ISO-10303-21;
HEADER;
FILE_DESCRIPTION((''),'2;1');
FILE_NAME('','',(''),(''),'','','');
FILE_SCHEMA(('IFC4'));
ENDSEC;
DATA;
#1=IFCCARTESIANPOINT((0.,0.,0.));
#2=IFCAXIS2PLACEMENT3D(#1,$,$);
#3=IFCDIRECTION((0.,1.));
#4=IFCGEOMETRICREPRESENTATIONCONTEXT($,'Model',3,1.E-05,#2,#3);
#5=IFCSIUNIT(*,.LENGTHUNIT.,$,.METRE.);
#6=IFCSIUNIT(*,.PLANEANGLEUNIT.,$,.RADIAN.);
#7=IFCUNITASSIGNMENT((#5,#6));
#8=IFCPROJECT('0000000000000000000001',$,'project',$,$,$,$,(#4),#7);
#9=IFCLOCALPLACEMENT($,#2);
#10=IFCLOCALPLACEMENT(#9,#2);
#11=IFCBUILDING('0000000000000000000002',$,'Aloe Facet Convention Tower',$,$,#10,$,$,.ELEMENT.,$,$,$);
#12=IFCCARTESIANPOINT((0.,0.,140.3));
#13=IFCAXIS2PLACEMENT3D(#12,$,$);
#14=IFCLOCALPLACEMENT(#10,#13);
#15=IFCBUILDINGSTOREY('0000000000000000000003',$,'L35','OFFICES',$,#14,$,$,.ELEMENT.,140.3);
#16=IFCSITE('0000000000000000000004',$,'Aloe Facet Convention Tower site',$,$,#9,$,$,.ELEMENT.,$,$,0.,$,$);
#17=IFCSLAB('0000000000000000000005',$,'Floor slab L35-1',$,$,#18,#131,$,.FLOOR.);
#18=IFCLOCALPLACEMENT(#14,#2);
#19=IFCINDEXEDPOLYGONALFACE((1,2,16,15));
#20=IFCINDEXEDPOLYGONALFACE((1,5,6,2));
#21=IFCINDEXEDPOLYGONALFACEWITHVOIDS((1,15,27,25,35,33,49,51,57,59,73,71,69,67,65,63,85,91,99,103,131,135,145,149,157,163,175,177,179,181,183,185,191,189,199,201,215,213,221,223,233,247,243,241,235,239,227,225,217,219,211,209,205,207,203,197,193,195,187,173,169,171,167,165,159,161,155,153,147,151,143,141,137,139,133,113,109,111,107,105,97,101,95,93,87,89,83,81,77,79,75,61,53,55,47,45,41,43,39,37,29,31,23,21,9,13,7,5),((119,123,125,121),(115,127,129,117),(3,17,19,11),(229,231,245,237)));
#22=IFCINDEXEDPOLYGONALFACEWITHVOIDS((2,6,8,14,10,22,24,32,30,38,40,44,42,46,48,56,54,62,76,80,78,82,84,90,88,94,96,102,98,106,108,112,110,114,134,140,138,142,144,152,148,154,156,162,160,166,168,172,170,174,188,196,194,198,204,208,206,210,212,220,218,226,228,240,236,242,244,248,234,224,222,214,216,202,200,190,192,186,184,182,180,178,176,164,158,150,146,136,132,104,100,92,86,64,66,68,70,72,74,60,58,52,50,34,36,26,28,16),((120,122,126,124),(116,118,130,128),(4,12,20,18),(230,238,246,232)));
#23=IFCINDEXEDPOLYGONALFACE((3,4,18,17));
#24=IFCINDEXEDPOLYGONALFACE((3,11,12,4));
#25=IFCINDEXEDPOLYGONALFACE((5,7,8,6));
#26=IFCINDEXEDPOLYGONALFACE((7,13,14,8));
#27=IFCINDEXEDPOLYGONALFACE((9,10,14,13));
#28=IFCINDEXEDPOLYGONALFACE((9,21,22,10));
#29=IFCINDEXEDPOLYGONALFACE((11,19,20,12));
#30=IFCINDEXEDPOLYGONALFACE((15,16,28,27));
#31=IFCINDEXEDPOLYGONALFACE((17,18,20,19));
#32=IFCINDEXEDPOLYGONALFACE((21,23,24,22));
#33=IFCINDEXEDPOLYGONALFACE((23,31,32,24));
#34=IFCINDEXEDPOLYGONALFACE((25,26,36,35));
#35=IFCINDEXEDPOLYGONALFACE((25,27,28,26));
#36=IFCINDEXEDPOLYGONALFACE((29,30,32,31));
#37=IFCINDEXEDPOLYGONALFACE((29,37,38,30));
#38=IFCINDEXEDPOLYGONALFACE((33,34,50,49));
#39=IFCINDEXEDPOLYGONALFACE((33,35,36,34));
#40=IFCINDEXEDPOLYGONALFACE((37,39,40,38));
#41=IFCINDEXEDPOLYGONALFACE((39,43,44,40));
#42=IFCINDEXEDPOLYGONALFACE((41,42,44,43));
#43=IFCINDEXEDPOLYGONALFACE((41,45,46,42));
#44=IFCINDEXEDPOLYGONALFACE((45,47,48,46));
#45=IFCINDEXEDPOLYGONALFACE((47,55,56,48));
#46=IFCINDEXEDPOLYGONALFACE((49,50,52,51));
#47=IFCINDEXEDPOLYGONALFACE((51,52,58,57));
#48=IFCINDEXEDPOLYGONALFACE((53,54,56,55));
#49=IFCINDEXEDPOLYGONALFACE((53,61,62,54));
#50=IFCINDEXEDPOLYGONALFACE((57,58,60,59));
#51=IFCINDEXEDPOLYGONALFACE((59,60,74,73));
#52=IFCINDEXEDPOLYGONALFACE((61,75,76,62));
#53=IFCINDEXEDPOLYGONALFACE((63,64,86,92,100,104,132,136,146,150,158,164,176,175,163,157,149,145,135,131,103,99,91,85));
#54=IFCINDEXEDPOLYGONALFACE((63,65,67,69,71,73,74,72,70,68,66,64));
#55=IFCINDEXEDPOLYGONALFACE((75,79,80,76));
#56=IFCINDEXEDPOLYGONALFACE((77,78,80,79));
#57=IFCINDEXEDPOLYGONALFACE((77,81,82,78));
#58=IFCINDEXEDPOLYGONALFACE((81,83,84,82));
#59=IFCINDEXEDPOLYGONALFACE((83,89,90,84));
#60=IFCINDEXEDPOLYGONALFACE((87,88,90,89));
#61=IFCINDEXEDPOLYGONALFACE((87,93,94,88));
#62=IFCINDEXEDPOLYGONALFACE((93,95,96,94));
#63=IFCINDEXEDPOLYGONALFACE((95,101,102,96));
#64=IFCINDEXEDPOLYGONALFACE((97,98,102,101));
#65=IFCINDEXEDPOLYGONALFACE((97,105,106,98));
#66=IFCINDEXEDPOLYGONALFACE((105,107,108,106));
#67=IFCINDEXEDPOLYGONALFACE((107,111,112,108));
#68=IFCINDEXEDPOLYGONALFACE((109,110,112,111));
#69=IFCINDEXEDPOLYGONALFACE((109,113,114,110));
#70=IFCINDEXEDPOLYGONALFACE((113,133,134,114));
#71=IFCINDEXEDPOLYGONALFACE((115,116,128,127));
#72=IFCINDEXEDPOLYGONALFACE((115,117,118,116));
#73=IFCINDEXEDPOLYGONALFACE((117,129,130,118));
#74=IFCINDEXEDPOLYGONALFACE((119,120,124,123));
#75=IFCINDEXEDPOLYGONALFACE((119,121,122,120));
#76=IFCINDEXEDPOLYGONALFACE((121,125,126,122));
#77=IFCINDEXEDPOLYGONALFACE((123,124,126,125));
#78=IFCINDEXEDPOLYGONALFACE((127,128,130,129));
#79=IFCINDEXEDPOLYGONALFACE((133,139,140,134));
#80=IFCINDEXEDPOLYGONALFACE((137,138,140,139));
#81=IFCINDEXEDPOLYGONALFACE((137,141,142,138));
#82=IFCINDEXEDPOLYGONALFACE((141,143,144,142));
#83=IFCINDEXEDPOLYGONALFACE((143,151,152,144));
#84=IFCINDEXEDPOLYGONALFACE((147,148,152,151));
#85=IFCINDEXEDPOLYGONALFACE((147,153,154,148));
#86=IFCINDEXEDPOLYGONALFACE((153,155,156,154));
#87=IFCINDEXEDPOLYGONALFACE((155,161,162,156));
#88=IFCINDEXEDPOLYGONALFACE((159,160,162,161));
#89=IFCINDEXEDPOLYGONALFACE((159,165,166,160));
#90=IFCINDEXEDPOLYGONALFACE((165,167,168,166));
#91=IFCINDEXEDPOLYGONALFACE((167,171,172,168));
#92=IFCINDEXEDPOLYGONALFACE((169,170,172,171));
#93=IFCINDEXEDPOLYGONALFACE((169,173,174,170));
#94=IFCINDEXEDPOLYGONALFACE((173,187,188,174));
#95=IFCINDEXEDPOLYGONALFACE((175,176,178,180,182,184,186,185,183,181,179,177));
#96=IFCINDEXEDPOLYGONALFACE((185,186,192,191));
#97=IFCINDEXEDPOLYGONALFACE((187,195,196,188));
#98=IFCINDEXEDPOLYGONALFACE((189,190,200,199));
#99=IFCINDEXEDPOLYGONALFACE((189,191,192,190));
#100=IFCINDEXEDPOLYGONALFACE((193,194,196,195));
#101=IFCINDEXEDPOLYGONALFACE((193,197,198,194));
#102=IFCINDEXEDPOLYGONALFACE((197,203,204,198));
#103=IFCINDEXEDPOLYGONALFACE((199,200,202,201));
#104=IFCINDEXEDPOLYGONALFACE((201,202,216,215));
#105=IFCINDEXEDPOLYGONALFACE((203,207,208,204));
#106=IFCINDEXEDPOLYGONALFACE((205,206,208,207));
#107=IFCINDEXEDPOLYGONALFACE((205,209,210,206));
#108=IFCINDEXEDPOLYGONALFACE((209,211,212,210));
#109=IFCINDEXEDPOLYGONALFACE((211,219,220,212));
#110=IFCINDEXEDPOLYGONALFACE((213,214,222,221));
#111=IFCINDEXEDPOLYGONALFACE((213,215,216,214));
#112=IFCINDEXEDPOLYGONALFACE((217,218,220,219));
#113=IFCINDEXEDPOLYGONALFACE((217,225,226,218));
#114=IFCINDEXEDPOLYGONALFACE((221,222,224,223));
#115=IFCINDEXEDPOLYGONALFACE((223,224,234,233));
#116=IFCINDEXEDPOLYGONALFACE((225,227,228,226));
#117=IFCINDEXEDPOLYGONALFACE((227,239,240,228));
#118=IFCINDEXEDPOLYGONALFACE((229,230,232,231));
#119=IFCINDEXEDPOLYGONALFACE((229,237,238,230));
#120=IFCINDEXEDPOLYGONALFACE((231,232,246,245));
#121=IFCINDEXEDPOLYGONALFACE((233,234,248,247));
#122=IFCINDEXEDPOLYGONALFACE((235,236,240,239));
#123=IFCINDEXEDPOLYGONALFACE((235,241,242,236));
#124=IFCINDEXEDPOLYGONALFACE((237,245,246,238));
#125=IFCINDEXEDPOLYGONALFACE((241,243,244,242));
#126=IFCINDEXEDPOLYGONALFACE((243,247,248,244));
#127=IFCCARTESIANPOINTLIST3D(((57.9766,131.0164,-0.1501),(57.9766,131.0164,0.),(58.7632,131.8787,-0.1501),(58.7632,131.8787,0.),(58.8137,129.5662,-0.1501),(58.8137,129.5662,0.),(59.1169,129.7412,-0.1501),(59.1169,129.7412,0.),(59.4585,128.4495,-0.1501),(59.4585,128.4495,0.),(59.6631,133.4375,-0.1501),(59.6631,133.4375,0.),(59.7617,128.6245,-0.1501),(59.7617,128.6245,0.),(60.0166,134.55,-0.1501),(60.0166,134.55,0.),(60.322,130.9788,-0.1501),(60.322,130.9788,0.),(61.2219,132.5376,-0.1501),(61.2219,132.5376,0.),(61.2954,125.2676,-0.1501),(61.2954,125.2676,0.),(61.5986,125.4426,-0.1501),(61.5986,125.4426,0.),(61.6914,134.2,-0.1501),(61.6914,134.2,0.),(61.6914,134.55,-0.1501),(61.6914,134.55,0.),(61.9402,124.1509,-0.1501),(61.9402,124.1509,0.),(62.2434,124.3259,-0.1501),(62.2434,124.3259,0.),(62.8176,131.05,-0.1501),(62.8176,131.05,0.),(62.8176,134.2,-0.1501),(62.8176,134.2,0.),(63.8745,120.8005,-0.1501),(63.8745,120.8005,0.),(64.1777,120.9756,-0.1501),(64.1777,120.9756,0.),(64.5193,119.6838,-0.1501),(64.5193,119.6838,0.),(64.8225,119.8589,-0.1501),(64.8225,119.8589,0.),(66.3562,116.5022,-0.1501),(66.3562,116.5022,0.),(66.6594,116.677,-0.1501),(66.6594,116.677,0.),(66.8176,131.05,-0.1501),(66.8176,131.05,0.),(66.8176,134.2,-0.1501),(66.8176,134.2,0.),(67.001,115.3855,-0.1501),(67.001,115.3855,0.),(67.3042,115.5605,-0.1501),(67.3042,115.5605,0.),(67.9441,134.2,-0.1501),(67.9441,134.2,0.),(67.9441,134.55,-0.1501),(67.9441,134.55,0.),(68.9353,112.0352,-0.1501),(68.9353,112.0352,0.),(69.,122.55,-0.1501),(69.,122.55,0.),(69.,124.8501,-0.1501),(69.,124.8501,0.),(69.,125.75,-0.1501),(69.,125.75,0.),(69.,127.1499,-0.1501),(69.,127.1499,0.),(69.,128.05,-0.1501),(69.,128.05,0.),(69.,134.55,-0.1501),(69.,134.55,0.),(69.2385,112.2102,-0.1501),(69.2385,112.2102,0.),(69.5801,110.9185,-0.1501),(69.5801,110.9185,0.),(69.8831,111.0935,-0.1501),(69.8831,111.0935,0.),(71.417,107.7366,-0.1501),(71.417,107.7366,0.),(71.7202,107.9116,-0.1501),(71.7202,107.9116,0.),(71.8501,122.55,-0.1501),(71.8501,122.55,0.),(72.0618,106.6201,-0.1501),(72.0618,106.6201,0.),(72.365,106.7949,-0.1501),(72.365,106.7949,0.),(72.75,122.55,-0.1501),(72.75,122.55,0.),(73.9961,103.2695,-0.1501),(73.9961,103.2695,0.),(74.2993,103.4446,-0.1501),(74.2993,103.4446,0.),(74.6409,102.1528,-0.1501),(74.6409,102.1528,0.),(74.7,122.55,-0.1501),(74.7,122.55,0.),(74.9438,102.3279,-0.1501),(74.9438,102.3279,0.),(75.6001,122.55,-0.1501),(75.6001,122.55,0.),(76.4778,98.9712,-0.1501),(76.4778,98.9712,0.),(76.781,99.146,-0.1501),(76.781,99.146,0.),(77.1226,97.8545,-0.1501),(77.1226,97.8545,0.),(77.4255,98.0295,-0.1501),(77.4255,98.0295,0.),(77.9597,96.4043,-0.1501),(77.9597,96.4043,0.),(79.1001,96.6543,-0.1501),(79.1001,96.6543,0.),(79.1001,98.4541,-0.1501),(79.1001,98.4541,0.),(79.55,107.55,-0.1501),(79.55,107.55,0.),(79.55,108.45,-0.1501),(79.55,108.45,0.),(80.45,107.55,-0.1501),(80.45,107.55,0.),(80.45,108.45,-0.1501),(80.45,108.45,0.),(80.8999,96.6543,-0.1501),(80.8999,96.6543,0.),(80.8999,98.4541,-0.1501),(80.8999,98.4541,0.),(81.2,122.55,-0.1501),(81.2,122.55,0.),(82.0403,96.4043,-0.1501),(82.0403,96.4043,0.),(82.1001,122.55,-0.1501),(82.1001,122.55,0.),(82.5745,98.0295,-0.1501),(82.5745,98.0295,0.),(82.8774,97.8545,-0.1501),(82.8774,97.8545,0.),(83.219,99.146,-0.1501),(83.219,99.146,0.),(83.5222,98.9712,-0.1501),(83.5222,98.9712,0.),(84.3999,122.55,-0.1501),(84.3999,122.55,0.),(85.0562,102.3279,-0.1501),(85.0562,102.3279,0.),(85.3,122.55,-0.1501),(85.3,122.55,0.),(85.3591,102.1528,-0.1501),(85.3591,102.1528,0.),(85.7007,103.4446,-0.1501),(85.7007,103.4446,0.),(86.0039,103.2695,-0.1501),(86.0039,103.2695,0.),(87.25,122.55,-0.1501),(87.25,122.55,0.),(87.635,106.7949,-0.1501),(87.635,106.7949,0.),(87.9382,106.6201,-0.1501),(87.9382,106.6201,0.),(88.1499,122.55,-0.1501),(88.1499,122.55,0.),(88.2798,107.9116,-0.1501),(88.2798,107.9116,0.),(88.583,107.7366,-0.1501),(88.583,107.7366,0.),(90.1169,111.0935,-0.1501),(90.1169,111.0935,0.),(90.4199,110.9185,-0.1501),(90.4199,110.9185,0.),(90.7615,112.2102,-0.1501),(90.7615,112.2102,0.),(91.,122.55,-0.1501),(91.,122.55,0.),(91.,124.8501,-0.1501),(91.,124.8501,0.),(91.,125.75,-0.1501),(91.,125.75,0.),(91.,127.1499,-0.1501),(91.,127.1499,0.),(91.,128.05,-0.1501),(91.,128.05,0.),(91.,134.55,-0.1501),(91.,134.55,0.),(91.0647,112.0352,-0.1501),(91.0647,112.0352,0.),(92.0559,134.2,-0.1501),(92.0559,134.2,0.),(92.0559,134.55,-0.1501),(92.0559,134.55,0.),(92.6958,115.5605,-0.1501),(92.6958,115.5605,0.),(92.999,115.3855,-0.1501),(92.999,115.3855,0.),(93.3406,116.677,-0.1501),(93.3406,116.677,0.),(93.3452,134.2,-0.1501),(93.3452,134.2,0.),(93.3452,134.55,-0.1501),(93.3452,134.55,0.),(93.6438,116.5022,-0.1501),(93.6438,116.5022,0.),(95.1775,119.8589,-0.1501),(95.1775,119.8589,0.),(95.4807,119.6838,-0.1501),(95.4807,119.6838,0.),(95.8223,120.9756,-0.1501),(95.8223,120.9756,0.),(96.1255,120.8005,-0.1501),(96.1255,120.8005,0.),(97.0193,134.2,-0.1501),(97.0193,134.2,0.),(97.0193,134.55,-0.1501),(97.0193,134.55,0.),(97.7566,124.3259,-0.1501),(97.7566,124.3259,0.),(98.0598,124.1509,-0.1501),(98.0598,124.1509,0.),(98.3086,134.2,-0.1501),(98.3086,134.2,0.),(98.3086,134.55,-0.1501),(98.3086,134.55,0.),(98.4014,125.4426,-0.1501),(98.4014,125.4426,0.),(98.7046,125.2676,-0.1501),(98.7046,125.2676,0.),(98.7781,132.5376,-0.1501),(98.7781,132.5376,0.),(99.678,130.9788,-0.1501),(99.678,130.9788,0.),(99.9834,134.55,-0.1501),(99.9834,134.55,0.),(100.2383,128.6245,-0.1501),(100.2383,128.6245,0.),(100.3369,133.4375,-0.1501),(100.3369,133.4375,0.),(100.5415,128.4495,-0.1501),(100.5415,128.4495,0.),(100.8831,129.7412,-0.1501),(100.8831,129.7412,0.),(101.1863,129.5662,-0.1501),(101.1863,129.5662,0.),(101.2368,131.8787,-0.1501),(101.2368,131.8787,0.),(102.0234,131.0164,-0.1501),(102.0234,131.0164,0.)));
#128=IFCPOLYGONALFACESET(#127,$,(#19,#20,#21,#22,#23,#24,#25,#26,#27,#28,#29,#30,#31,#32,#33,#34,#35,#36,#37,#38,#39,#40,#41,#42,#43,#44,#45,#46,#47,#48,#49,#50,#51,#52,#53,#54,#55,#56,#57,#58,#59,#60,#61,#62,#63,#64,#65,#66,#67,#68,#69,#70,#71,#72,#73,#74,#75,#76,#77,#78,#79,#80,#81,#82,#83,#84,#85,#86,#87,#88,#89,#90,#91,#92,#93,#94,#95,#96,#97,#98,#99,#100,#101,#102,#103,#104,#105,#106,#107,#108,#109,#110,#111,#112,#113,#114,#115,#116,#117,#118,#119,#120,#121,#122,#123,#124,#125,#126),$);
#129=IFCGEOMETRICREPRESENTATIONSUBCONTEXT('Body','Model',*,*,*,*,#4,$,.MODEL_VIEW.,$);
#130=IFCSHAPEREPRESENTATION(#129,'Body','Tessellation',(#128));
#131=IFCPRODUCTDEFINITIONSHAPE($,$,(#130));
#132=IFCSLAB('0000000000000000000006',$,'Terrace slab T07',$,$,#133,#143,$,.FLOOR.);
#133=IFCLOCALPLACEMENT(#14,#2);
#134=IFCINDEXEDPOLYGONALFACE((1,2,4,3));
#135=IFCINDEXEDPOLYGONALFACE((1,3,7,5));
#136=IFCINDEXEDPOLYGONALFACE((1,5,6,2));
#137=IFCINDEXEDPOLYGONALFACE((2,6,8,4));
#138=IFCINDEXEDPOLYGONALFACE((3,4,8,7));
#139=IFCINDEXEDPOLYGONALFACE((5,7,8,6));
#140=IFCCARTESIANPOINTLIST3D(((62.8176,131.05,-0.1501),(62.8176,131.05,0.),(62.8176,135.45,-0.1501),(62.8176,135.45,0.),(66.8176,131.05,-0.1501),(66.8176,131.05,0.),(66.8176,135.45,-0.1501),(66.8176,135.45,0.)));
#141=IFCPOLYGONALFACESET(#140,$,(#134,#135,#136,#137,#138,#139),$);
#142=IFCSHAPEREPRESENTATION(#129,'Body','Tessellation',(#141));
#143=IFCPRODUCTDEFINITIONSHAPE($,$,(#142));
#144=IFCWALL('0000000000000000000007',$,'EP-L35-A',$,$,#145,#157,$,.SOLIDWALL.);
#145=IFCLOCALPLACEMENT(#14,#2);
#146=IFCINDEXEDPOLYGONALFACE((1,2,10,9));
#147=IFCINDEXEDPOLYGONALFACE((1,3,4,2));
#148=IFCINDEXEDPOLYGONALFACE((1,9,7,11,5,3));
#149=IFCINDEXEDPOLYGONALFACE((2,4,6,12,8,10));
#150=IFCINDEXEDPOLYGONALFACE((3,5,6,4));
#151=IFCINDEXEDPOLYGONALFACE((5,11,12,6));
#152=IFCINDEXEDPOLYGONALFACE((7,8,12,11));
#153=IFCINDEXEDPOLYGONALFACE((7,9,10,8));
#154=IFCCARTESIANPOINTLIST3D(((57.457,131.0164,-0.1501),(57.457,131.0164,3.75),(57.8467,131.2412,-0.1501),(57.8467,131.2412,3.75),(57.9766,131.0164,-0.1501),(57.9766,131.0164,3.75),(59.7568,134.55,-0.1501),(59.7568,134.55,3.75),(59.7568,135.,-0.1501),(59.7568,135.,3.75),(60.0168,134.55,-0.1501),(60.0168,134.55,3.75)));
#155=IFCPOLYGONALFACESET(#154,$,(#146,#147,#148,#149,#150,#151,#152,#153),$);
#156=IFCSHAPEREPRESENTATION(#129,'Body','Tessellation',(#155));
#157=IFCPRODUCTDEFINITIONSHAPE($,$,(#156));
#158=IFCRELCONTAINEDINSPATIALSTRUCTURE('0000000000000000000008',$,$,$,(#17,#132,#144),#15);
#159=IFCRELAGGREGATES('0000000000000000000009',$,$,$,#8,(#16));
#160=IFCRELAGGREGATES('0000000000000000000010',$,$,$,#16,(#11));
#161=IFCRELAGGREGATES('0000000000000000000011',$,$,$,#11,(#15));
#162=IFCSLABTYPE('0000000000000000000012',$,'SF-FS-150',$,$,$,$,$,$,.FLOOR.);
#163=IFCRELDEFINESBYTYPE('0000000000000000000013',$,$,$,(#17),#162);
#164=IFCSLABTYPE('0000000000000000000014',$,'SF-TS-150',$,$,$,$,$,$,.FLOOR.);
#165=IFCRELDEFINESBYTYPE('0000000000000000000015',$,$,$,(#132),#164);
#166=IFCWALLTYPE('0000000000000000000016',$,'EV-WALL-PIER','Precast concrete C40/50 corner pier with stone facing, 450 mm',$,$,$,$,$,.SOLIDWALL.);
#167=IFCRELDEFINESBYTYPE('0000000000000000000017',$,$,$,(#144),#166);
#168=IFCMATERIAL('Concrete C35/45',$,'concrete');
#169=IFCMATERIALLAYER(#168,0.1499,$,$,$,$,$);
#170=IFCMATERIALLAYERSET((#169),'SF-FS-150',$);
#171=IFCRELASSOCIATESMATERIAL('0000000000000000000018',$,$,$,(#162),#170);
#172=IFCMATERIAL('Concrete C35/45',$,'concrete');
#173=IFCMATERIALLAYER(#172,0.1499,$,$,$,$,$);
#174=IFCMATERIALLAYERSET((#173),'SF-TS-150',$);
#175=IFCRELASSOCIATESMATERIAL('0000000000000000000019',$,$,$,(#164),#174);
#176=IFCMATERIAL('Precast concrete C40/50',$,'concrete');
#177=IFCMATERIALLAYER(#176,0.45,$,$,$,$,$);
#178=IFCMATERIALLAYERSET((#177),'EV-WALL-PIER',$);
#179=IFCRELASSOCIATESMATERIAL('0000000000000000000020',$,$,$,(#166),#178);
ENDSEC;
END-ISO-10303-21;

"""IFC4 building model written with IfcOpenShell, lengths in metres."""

from ifc_helpers import new_model, si_unit, direction, frame, origin, place, context, subcontext, project, spatial, polyline, outline, extrude, material, layer, layer_set, type_object, element, save


model = new_model("IFC4")

# Units and contexts
model_context = context("Model", 3, precision=1e-05, world=origin(), true_north=direction((0.0, 1.0)))
body_context = subcontext(model_context, "Body", "Model", "MODEL_VIEW")
ifc_project = project(units=[si_unit("LENGTHUNIT", "METRE"), si_unit("PLANEANGLEUNIT", "RADIAN")], contexts=[model_context])

# Site, building, storey
site_placement = place(None, origin())
site = spatial("IfcSite", under=ifc_project, at=site_placement, Name="Aloe Facet Convention Tower site", CompositionType="ELEMENT", RefElevation=0.0)
building_placement = place(site_placement, origin())
building = spatial("IfcBuilding", under=site, at=building_placement, Name="Aloe Facet Convention Tower", CompositionType="ELEMENT")
storey_placement = place(building_placement, frame((0.0, 0.0, 140.3)))
storey = spatial("IfcBuildingStorey", under=building, at=storey_placement, Name="L35", Description="OFFICES", CompositionType="ELEMENT", Elevation=140.3)

# Slabs
ifc_material_1 = material(Name="Concrete C35/45", Category="concrete")
ifc_layer_1 = layer(ifc_material_1, 0.1499)
ifc_layer_set_1 = layer_set([ifc_layer_1], Name="SF-FS-150")
slab_type_1 = type_object("IfcSlabType", Name="SF-FS-150", PredefinedType="FLOOR", material=ifc_layer_set_1)
slab_1_placement = place(storey_placement, frame((0.0, 0.0, -0.1501)))
element("IfcSlab", 1, at=slab_1_placement, inside=storey, type_object=slab_type_1, Name="Floor slab L35-1", PredefinedType="FLOOR", context=body_context, shape_type="SweptSolid", body=[
    extrude(outline(polyline([(102.0234, 131.0164), (101.1863, 129.5662), (100.8831, 129.7412), (100.2383, 128.6245), (100.5415, 128.4495), (98.7046, 125.2676), (98.4014, 125.4426), (97.7566, 124.3259), (98.0598, 124.1509), (96.1255, 120.8005), (95.8223, 120.9756), (95.1775, 119.8589), (95.4807, 119.6838), (93.6438, 116.5022), (93.3406, 116.677), (92.6958, 115.5605), (92.999, 115.3855), (91.0647, 112.0352), (90.7615, 112.2102), (90.1169, 111.0935), (90.4199, 110.9185), (88.583, 107.7366), (88.2798, 107.9116), (87.635, 106.7949), (87.9382, 106.6201), (86.0039, 103.2695), (85.7007, 103.4446), (85.0562, 102.3279), (85.3591, 102.1528), (83.5222, 98.9712), (83.219, 99.146), (82.5745, 98.0295), (82.8774, 97.8545), (82.0403, 96.4043), (77.9597, 96.4043), (77.1226, 97.8545), (77.4255, 98.0295), (76.781, 99.146), (76.4778, 98.9712), (74.6409, 102.1528), (74.9438, 102.3279), (74.2993, 103.4446), (73.9961, 103.2695), (72.0618, 106.6201), (72.365, 106.7949), (71.7202, 107.9116), (71.417, 107.7366), (69.5801, 110.9185), (69.8831, 111.0935), (69.2385, 112.2102), (68.9353, 112.0352), (67.001, 115.3855), (67.3042, 115.5605), (66.6594, 116.677), (66.3562, 116.5022), (64.5193, 119.6838), (64.8225, 119.8589), (64.1777, 120.9756), (63.8745, 120.8005), (61.9402, 124.1509), (62.2434, 124.3259), (61.5986, 125.4426), (61.2954, 125.2676), (59.4585, 128.4495), (59.7617, 128.6245), (59.1169, 129.7412), (58.8137, 129.5662), (57.9766, 131.0164), (60.0166, 134.55), (61.6914, 134.55), (61.6914, 134.2), (62.8176, 134.2), (62.8176, 131.05), (66.8176, 131.05), (66.8176, 134.2), (67.9441, 134.2), (67.9441, 134.55), (69.0, 134.55), (69.0, 128.05), (69.0, 127.1499), (69.0, 125.75), (69.0, 124.8501), (69.0, 122.55), (71.8501, 122.55), (72.75, 122.55), (74.7, 122.55), (75.6001, 122.55), (81.2, 122.55), (82.1001, 122.55), (84.3999, 122.55), (85.3, 122.55), (87.25, 122.55), (88.1499, 122.55), (91.0, 122.55), (91.0, 124.8501), (91.0, 125.75), (91.0, 127.1499), (91.0, 128.05), (91.0, 134.55), (92.0559, 134.55), (92.0559, 134.2), (93.3452, 134.2), (93.3452, 134.55), (97.0193, 134.55), (97.0193, 134.2), (98.3086, 134.2), (98.3086, 134.55), (99.9834, 134.55), (102.0234, 131.0164)]), holes=[polyline([(80.8999, 96.6543), (80.8999, 98.4541), (79.1001, 98.4541), (79.1001, 96.6543), (80.8999, 96.6543)]), polyline([(59.6631, 133.4375), (58.7632, 131.8787), (60.322, 130.9788), (61.2219, 132.5376), (59.6631, 133.4375)]), polyline([(80.45, 107.55), (80.45, 108.45), (79.55, 108.45), (79.55, 107.55), (80.45, 107.55)]), polyline([(101.2368, 131.8787), (100.3369, 133.4375), (98.7781, 132.5376), (99.678, 130.9788), (101.2368, 131.8787)])]), origin(), (0.0, 0.0, 1.0), 0.1501),
])
ifc_material_2 = material(Name="Concrete C35/45", Category="concrete")
ifc_layer_2 = layer(ifc_material_2, 0.1499)
ifc_layer_set_2 = layer_set([ifc_layer_2], Name="SF-TS-150")
slab_type_2 = type_object("IfcSlabType", Name="SF-TS-150", PredefinedType="FLOOR", material=ifc_layer_set_2)
slab_2_placement = place(storey_placement, frame((0.0, 0.0, -0.1501)))
element("IfcSlab", 2, at=slab_2_placement, inside=storey, type_object=slab_type_2, Name="Terrace slab T07", PredefinedType="FLOOR", context=body_context, shape_type="SweptSolid", body=[
    extrude(outline(polyline([(66.8176, 135.45), (66.8176, 131.05), (62.8176, 131.05), (62.8176, 135.45), (66.8176, 135.45)])), origin(), (0.0, 0.0, 1.0), 0.1501),
])

# Wall
ifc_material_3 = material(Name="Precast concrete C40/50", Category="concrete")
ifc_layer_3 = layer(ifc_material_3, 0.45)
ifc_layer_set_3 = layer_set([ifc_layer_3], Name="EV-WALL-PIER")
wall_type_1 = type_object("IfcWallType", Name="EV-WALL-PIER", Description="Precast concrete C40/50 corner pier with stone facing, 450 mm", PredefinedType="SOLIDWALL", material=ifc_layer_set_3)
wall_1_placement = place(storey_placement, frame((0.0, 0.0, -0.1501)))
element("IfcWall", 3, at=wall_1_placement, inside=storey, type_object=wall_type_1, Name="EP-L35-A", PredefinedType="SOLIDWALL", context=body_context, shape_type="SweptSolid", body=[
    extrude(outline(polyline([(59.7568, 135.0), (59.7568, 134.55), (60.0168, 134.55), (57.9766, 131.0164), (57.8467, 131.2412), (57.457, 131.0164), (59.7568, 135.0)])), origin(), (0.0, 0.0, 1.0), 3.9001),
])

save(model, "model.ifc")
